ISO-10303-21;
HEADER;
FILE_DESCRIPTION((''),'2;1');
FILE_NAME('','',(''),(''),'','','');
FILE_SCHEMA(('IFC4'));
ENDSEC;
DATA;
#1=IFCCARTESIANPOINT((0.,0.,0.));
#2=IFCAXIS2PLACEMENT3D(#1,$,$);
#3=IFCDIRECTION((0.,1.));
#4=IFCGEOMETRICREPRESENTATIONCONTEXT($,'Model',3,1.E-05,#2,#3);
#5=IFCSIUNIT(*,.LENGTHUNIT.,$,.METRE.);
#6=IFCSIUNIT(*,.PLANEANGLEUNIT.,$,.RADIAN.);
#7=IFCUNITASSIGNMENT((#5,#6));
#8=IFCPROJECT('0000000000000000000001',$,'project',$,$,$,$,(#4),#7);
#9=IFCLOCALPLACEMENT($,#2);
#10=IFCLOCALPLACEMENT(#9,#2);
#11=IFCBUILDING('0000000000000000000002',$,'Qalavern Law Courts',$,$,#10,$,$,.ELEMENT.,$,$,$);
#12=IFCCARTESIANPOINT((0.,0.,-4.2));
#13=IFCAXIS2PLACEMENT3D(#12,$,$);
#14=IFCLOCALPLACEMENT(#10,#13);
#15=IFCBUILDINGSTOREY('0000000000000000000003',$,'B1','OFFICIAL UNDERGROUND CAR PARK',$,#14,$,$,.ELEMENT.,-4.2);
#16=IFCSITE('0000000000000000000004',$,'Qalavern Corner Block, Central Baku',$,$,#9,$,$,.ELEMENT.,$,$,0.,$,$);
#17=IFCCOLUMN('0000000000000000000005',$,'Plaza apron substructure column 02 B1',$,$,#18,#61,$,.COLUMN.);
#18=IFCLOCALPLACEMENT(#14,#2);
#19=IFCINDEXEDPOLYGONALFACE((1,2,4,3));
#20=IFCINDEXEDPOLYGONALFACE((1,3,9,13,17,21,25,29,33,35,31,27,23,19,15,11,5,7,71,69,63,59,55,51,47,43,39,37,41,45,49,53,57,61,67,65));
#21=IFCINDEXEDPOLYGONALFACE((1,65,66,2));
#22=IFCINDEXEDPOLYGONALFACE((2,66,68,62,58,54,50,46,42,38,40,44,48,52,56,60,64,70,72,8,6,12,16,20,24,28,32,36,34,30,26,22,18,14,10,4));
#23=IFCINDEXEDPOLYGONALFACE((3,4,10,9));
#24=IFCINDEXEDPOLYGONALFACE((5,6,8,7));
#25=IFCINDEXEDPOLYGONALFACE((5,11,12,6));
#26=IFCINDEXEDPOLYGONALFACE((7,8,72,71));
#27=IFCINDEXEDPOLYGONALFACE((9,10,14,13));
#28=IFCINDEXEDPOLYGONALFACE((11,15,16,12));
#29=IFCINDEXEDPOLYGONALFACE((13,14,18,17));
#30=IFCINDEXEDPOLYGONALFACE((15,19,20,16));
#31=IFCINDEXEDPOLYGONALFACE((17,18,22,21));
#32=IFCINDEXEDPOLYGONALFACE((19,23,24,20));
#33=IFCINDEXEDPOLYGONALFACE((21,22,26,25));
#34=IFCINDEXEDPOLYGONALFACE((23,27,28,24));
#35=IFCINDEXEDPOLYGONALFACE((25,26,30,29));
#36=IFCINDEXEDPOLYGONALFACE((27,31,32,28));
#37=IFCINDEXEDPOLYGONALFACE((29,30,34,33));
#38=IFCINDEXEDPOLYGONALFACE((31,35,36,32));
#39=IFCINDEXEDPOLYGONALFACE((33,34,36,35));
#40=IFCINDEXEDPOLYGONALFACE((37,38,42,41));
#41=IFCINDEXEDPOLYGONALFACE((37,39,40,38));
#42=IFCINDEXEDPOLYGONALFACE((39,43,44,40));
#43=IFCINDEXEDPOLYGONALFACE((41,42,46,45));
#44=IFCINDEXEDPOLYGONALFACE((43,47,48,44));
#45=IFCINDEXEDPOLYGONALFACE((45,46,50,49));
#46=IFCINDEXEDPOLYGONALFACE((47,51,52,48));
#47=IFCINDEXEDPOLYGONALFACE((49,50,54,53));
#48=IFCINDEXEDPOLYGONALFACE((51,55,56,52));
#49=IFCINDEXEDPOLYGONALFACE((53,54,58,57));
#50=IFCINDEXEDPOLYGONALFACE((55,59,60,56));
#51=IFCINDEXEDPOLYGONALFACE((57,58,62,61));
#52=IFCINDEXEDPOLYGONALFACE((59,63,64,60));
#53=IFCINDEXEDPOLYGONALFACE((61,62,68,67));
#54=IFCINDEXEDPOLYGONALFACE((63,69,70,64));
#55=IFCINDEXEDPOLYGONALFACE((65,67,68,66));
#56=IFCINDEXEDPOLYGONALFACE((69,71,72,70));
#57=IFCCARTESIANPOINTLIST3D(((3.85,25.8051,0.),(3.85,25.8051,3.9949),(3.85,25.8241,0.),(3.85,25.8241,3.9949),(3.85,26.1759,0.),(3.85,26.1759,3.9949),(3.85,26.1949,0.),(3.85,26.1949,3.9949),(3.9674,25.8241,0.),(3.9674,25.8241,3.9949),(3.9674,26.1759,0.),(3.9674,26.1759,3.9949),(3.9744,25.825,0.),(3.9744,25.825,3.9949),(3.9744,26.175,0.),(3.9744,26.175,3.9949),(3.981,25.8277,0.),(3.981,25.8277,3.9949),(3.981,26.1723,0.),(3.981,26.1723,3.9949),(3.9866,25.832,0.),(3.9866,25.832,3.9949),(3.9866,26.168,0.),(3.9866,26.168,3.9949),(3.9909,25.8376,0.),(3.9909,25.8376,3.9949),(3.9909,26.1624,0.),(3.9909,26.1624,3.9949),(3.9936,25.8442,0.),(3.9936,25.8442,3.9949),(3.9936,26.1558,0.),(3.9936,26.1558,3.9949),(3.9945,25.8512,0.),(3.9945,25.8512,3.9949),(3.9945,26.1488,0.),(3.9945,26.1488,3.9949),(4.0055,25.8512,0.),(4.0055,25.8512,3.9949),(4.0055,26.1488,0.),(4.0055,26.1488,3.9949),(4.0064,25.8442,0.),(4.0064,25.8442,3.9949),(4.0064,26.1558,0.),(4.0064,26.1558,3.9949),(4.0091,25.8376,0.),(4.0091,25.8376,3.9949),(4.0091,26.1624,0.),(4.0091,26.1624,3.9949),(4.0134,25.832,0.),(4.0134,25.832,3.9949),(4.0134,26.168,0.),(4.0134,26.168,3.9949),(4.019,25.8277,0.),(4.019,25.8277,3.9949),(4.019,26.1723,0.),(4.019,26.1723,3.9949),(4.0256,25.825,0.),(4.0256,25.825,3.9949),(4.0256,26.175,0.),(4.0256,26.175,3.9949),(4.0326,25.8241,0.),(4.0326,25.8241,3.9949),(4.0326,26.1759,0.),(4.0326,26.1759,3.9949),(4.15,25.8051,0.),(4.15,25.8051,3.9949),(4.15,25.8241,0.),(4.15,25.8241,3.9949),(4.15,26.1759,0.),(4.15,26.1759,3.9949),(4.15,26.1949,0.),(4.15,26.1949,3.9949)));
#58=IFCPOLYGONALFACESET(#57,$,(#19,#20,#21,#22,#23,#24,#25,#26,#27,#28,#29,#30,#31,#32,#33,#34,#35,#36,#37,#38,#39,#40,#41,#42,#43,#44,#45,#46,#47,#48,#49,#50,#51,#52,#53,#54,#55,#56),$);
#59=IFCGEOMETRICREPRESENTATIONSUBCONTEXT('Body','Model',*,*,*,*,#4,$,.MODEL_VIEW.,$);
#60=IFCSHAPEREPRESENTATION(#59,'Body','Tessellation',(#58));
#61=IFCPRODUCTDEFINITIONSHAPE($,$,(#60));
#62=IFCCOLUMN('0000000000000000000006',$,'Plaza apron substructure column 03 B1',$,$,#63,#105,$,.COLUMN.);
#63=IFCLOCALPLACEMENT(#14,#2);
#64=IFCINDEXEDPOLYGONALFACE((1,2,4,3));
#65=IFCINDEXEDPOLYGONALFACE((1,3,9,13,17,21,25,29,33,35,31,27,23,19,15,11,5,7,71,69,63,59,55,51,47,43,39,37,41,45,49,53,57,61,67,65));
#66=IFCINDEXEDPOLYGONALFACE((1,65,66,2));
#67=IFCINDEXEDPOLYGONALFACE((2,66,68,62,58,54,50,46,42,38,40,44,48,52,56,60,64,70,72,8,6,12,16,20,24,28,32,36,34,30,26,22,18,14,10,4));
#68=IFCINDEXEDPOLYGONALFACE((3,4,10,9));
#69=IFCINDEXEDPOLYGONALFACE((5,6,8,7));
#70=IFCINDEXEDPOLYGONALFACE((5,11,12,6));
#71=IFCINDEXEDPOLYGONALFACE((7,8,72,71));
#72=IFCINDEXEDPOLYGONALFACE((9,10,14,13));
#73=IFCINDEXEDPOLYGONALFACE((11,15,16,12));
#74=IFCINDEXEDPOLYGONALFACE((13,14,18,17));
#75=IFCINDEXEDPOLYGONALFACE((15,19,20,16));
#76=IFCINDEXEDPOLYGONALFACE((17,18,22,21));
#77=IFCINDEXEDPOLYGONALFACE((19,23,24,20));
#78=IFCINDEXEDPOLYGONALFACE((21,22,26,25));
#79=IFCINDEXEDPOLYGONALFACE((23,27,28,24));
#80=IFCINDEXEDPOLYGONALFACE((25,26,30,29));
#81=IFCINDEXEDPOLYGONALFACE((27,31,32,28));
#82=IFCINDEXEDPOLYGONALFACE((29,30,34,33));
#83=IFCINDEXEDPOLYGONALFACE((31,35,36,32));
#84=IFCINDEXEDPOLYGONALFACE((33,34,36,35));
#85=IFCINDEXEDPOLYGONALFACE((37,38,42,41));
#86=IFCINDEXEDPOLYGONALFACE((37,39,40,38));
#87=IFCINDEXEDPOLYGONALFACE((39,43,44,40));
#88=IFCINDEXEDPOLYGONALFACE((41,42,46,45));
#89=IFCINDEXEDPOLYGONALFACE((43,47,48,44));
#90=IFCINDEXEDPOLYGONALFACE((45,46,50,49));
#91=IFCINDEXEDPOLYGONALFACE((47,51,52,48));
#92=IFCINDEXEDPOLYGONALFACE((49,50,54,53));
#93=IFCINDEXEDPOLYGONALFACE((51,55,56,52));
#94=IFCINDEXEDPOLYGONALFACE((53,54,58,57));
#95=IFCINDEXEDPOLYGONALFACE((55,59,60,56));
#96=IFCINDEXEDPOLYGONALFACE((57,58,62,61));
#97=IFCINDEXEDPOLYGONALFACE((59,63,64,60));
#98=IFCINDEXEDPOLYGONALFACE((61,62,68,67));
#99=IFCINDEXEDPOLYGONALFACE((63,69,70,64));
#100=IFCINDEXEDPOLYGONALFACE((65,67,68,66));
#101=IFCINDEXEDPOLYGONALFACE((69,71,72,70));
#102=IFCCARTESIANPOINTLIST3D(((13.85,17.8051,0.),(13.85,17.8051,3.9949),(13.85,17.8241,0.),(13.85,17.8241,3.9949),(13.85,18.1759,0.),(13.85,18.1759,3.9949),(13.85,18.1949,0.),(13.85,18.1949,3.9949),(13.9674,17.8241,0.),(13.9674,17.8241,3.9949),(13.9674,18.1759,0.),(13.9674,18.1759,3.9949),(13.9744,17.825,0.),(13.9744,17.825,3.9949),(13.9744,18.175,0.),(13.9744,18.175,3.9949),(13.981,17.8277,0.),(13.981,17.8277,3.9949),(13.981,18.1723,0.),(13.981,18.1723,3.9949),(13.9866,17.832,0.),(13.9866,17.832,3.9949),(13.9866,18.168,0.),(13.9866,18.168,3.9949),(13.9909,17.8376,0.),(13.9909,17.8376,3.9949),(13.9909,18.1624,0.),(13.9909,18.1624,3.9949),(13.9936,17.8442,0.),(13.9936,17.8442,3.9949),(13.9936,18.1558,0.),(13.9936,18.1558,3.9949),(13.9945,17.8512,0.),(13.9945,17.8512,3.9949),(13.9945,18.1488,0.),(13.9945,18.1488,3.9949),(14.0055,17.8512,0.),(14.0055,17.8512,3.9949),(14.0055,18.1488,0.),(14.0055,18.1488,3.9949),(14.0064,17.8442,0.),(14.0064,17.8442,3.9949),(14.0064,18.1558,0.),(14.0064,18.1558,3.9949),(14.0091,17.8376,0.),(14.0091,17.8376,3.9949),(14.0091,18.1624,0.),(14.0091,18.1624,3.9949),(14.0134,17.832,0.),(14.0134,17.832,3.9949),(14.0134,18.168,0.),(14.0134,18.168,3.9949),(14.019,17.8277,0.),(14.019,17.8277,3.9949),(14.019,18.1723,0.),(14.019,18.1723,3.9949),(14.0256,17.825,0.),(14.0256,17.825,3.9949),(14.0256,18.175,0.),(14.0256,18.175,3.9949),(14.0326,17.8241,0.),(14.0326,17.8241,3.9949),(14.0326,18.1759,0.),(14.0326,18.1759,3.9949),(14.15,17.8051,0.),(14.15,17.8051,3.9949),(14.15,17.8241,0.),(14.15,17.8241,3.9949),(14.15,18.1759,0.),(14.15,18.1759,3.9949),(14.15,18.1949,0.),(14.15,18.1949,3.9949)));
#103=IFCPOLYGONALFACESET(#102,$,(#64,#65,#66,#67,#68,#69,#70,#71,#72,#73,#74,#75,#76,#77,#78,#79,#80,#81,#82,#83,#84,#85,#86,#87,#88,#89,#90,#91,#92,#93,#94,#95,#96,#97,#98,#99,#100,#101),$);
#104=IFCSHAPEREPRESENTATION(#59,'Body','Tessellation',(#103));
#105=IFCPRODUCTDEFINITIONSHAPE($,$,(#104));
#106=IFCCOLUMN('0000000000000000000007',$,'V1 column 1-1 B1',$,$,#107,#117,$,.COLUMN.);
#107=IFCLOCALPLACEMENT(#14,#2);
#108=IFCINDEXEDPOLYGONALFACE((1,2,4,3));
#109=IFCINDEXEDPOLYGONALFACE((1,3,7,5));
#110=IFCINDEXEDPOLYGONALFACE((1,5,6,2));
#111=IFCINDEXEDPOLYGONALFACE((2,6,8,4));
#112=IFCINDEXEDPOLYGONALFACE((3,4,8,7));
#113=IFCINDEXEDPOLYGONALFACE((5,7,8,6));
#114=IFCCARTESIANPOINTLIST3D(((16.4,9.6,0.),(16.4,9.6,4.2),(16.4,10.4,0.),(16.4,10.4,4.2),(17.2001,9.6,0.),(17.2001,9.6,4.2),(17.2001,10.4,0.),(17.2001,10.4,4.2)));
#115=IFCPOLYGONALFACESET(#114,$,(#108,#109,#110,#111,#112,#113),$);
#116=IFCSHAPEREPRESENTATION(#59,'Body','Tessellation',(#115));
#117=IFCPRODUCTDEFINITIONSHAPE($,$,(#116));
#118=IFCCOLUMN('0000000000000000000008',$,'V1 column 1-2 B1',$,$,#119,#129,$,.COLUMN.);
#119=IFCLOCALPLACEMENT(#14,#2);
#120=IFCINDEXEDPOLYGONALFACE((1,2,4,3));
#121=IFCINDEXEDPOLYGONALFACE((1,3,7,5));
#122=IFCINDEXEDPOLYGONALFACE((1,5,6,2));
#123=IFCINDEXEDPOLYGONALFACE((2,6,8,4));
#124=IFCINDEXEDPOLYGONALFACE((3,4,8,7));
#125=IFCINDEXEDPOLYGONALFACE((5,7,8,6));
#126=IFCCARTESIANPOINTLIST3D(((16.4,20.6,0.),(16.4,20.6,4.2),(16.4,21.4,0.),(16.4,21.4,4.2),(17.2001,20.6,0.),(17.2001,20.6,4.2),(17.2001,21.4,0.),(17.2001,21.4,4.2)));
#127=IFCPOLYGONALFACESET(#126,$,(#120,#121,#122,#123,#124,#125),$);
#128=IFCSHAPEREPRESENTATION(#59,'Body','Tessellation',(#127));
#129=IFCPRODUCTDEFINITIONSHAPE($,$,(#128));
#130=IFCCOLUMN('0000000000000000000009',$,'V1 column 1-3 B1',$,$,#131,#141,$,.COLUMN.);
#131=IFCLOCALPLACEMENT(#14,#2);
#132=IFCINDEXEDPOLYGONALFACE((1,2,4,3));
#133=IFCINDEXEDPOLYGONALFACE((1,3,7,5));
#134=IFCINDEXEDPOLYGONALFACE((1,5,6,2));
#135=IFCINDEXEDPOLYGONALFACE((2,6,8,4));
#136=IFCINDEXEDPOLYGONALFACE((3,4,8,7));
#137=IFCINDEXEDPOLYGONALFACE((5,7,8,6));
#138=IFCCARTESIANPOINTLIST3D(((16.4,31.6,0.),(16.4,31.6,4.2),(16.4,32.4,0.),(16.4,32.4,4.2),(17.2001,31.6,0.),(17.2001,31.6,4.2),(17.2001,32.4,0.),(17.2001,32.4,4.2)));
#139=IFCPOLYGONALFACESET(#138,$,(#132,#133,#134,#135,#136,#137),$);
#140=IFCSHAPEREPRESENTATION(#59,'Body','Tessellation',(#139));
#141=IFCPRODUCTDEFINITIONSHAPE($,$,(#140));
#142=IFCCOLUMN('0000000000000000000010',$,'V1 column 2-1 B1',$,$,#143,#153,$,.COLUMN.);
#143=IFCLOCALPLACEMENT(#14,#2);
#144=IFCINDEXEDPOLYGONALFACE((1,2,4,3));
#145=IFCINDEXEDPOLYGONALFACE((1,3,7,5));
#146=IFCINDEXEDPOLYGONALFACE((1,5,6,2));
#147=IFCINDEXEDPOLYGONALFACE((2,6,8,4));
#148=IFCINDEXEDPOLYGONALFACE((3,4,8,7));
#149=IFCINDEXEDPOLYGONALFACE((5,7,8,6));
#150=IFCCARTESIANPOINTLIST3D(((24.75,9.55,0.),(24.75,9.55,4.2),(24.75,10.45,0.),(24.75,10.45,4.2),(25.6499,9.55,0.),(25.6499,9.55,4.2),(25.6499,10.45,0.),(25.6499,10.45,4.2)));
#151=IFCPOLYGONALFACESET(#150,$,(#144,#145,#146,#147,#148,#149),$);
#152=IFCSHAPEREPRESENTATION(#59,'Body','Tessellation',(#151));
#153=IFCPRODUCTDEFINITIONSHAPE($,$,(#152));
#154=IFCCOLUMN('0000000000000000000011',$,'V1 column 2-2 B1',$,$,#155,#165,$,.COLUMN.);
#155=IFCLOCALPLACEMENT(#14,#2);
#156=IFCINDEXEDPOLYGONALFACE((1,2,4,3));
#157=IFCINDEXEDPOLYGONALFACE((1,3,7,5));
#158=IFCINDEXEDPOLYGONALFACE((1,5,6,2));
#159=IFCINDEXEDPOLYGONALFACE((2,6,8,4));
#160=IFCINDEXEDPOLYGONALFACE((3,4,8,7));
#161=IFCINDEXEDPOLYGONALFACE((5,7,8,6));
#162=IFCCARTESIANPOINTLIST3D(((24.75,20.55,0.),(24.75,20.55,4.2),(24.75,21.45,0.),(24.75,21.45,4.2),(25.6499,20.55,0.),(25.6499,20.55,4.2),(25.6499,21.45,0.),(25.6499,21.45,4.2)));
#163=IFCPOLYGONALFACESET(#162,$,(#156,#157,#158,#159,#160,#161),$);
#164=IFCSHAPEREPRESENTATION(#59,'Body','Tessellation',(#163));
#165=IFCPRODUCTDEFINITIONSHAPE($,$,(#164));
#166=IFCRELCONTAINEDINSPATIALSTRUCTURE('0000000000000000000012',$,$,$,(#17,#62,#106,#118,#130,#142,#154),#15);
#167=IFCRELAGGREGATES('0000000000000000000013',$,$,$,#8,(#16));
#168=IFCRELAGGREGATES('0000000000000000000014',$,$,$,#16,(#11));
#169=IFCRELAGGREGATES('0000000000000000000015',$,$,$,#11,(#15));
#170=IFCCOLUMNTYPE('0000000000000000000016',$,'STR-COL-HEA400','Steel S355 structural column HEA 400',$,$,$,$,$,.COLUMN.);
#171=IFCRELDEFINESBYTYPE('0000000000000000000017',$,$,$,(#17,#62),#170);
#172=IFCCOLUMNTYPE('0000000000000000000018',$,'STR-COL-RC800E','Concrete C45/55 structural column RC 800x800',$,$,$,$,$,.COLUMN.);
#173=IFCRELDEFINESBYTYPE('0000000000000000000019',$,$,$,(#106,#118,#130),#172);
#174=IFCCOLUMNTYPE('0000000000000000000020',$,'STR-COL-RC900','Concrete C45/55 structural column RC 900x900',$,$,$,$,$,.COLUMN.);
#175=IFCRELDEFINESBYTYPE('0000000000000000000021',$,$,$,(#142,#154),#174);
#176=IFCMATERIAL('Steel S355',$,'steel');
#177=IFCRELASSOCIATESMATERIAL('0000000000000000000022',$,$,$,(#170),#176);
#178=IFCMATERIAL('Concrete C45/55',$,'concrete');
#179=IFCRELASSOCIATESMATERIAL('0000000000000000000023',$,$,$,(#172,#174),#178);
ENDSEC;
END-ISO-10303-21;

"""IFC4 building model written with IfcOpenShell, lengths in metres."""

from ifc_helpers import new_model, si_unit, direction, frame, origin, origin_2d, place, context, subcontext, project, spatial, rectangle, i_section, extrude, material, material_profile, profile_set, type_object, element, save


model = new_model("IFC4")

# Units and contexts
model_context = context("Model", 3, precision=1e-05, world=origin(), true_north=direction((0.0, 1.0)))
body_context = subcontext(model_context, "Body", "Model", "MODEL_VIEW")
ifc_project = project(units=[si_unit("LENGTHUNIT", "METRE"), si_unit("PLANEANGLEUNIT", "RADIAN")], contexts=[model_context])

# Site, building, storey
site_placement = place(None, origin())
site = spatial("IfcSite", under=ifc_project, at=site_placement, Name="Qalavern Corner Block, Central Baku", CompositionType="ELEMENT", RefElevation=0.0)
building_placement = place(site_placement, origin())
building = spatial("IfcBuilding", under=site, at=building_placement, Name="Qalavern Law Courts", CompositionType="ELEMENT")
storey_placement = place(building_placement, frame((0.0, 0.0, -4.2)))
storey = spatial("IfcBuildingStorey", under=building, at=storey_placement, Name="B1", Description="OFFICIAL UNDERGROUND CAR PARK", CompositionType="ELEMENT", Elevation=-4.2)

# Columns
ifc_material_1 = material(Name="Steel S355", Category="steel")
ifc_material_profile_1 = material_profile(ifc_material_1, i_section(OverallWidth=0.3, OverallDepth=0.3899, WebThickness=0.011, FlangeThickness=0.019, FilletRadius=0.0271, at=origin_2d()), Name="HEA 400")
ifc_profile_set_1 = profile_set([ifc_material_profile_1], Name="Steel S355")
column_type_1 = type_object("IfcColumnType", Name="STR-COL-HEA400", Description="Steel S355 structural column HEA 400", PredefinedType="COLUMN", material=ifc_profile_set_1)
for number, where, z_axis, x_axis, name in (
    (1, (4.0, 26.0, 0.0), (0.0, 0.0, 1.0), (1.0, 0.0, 0.0), "Plaza apron substructure column 02 B1"),
    (2, (14.0, 18.0, 0.0), (0.0, 0.0, 1.0), (1.0, 0.0, 0.0), "Plaza apron substructure column 03 B1"),
):
    element("IfcColumn", number, at=place(storey_placement, frame(where, z_axis=z_axis, x_axis=x_axis)), inside=storey, type_object=column_type_1, Name=name, PredefinedType="COLUMN", context=body_context, shape_type="SweptSolid", body=[
        extrude(i_section(OverallWidth=0.3, OverallDepth=0.3899, WebThickness=0.011, FlangeThickness=0.019, FilletRadius=0.0271, at=origin_2d()), origin(), (0.0, 0.0, 1.0), 3.9949),
    ])
ifc_material_2 = material(Name="Concrete C45/55", Category="concrete")
ifc_material_profile_2 = material_profile(ifc_material_2, rectangle(XDim=0.8, YDim=0.8, at=origin_2d()), Name="RC 800x800")
ifc_profile_set_2 = profile_set([ifc_material_profile_2], Name="Concrete C45/55")
column_type_2 = type_object("IfcColumnType", Name="STR-COL-RC800E", Description="Concrete C45/55 structural column RC 800x800", PredefinedType="COLUMN", material=ifc_profile_set_2)
for number, where, z_axis, x_axis, name in (
    (3, (16.8, 10.0, 0.0), (0.0, 0.0, 1.0), (1.0, 0.0, 0.0), "V1 column 1-1 B1"),
    (4, (16.8, 21.0, 0.0), (0.0, 0.0, 1.0), (1.0, 0.0, 0.0), "V1 column 1-2 B1"),
    (5, (16.8, 32.0, 0.0), (0.0, 0.0, 1.0), (1.0, 0.0, 0.0), "V1 column 1-3 B1"),
):
    element("IfcColumn", number, at=place(storey_placement, frame(where, z_axis=z_axis, x_axis=x_axis)), inside=storey, type_object=column_type_2, Name=name, PredefinedType="COLUMN", context=body_context, shape_type="SweptSolid", body=[
        extrude(rectangle(XDim=0.8, YDim=0.8, at=origin_2d()), origin(), (0.0, 0.0, 1.0), 4.2),
    ])
ifc_material_profile_3 = material_profile(ifc_material_2, rectangle(XDim=0.8999, YDim=0.8999, at=origin_2d()), Name="RC 900x900")
ifc_profile_set_3 = profile_set([ifc_material_profile_3], Name="Concrete C45/55")
column_type_3 = type_object("IfcColumnType", Name="STR-COL-RC900", Description="Concrete C45/55 structural column RC 900x900", PredefinedType="COLUMN", material=ifc_profile_set_3)
for number, where, z_axis, x_axis, name in (
    (6, (25.2, 10.0, 0.0), (0.0, 0.0, 1.0), (1.0, 0.0, 0.0), "V1 column 2-1 B1"),
    (7, (25.2, 21.0, 0.0), (0.0, 0.0, 1.0), (1.0, 0.0, 0.0), "V1 column 2-2 B1"),
):
    element("IfcColumn", number, at=place(storey_placement, frame(where, z_axis=z_axis, x_axis=x_axis)), inside=storey, type_object=column_type_3, Name=name, PredefinedType="COLUMN", context=body_context, shape_type="SweptSolid", body=[
        extrude(rectangle(XDim=0.8999, YDim=0.8999, at=origin_2d()), origin(), (0.0, 0.0, 1.0), 4.2),
    ])

save(model, "model.ifc")
